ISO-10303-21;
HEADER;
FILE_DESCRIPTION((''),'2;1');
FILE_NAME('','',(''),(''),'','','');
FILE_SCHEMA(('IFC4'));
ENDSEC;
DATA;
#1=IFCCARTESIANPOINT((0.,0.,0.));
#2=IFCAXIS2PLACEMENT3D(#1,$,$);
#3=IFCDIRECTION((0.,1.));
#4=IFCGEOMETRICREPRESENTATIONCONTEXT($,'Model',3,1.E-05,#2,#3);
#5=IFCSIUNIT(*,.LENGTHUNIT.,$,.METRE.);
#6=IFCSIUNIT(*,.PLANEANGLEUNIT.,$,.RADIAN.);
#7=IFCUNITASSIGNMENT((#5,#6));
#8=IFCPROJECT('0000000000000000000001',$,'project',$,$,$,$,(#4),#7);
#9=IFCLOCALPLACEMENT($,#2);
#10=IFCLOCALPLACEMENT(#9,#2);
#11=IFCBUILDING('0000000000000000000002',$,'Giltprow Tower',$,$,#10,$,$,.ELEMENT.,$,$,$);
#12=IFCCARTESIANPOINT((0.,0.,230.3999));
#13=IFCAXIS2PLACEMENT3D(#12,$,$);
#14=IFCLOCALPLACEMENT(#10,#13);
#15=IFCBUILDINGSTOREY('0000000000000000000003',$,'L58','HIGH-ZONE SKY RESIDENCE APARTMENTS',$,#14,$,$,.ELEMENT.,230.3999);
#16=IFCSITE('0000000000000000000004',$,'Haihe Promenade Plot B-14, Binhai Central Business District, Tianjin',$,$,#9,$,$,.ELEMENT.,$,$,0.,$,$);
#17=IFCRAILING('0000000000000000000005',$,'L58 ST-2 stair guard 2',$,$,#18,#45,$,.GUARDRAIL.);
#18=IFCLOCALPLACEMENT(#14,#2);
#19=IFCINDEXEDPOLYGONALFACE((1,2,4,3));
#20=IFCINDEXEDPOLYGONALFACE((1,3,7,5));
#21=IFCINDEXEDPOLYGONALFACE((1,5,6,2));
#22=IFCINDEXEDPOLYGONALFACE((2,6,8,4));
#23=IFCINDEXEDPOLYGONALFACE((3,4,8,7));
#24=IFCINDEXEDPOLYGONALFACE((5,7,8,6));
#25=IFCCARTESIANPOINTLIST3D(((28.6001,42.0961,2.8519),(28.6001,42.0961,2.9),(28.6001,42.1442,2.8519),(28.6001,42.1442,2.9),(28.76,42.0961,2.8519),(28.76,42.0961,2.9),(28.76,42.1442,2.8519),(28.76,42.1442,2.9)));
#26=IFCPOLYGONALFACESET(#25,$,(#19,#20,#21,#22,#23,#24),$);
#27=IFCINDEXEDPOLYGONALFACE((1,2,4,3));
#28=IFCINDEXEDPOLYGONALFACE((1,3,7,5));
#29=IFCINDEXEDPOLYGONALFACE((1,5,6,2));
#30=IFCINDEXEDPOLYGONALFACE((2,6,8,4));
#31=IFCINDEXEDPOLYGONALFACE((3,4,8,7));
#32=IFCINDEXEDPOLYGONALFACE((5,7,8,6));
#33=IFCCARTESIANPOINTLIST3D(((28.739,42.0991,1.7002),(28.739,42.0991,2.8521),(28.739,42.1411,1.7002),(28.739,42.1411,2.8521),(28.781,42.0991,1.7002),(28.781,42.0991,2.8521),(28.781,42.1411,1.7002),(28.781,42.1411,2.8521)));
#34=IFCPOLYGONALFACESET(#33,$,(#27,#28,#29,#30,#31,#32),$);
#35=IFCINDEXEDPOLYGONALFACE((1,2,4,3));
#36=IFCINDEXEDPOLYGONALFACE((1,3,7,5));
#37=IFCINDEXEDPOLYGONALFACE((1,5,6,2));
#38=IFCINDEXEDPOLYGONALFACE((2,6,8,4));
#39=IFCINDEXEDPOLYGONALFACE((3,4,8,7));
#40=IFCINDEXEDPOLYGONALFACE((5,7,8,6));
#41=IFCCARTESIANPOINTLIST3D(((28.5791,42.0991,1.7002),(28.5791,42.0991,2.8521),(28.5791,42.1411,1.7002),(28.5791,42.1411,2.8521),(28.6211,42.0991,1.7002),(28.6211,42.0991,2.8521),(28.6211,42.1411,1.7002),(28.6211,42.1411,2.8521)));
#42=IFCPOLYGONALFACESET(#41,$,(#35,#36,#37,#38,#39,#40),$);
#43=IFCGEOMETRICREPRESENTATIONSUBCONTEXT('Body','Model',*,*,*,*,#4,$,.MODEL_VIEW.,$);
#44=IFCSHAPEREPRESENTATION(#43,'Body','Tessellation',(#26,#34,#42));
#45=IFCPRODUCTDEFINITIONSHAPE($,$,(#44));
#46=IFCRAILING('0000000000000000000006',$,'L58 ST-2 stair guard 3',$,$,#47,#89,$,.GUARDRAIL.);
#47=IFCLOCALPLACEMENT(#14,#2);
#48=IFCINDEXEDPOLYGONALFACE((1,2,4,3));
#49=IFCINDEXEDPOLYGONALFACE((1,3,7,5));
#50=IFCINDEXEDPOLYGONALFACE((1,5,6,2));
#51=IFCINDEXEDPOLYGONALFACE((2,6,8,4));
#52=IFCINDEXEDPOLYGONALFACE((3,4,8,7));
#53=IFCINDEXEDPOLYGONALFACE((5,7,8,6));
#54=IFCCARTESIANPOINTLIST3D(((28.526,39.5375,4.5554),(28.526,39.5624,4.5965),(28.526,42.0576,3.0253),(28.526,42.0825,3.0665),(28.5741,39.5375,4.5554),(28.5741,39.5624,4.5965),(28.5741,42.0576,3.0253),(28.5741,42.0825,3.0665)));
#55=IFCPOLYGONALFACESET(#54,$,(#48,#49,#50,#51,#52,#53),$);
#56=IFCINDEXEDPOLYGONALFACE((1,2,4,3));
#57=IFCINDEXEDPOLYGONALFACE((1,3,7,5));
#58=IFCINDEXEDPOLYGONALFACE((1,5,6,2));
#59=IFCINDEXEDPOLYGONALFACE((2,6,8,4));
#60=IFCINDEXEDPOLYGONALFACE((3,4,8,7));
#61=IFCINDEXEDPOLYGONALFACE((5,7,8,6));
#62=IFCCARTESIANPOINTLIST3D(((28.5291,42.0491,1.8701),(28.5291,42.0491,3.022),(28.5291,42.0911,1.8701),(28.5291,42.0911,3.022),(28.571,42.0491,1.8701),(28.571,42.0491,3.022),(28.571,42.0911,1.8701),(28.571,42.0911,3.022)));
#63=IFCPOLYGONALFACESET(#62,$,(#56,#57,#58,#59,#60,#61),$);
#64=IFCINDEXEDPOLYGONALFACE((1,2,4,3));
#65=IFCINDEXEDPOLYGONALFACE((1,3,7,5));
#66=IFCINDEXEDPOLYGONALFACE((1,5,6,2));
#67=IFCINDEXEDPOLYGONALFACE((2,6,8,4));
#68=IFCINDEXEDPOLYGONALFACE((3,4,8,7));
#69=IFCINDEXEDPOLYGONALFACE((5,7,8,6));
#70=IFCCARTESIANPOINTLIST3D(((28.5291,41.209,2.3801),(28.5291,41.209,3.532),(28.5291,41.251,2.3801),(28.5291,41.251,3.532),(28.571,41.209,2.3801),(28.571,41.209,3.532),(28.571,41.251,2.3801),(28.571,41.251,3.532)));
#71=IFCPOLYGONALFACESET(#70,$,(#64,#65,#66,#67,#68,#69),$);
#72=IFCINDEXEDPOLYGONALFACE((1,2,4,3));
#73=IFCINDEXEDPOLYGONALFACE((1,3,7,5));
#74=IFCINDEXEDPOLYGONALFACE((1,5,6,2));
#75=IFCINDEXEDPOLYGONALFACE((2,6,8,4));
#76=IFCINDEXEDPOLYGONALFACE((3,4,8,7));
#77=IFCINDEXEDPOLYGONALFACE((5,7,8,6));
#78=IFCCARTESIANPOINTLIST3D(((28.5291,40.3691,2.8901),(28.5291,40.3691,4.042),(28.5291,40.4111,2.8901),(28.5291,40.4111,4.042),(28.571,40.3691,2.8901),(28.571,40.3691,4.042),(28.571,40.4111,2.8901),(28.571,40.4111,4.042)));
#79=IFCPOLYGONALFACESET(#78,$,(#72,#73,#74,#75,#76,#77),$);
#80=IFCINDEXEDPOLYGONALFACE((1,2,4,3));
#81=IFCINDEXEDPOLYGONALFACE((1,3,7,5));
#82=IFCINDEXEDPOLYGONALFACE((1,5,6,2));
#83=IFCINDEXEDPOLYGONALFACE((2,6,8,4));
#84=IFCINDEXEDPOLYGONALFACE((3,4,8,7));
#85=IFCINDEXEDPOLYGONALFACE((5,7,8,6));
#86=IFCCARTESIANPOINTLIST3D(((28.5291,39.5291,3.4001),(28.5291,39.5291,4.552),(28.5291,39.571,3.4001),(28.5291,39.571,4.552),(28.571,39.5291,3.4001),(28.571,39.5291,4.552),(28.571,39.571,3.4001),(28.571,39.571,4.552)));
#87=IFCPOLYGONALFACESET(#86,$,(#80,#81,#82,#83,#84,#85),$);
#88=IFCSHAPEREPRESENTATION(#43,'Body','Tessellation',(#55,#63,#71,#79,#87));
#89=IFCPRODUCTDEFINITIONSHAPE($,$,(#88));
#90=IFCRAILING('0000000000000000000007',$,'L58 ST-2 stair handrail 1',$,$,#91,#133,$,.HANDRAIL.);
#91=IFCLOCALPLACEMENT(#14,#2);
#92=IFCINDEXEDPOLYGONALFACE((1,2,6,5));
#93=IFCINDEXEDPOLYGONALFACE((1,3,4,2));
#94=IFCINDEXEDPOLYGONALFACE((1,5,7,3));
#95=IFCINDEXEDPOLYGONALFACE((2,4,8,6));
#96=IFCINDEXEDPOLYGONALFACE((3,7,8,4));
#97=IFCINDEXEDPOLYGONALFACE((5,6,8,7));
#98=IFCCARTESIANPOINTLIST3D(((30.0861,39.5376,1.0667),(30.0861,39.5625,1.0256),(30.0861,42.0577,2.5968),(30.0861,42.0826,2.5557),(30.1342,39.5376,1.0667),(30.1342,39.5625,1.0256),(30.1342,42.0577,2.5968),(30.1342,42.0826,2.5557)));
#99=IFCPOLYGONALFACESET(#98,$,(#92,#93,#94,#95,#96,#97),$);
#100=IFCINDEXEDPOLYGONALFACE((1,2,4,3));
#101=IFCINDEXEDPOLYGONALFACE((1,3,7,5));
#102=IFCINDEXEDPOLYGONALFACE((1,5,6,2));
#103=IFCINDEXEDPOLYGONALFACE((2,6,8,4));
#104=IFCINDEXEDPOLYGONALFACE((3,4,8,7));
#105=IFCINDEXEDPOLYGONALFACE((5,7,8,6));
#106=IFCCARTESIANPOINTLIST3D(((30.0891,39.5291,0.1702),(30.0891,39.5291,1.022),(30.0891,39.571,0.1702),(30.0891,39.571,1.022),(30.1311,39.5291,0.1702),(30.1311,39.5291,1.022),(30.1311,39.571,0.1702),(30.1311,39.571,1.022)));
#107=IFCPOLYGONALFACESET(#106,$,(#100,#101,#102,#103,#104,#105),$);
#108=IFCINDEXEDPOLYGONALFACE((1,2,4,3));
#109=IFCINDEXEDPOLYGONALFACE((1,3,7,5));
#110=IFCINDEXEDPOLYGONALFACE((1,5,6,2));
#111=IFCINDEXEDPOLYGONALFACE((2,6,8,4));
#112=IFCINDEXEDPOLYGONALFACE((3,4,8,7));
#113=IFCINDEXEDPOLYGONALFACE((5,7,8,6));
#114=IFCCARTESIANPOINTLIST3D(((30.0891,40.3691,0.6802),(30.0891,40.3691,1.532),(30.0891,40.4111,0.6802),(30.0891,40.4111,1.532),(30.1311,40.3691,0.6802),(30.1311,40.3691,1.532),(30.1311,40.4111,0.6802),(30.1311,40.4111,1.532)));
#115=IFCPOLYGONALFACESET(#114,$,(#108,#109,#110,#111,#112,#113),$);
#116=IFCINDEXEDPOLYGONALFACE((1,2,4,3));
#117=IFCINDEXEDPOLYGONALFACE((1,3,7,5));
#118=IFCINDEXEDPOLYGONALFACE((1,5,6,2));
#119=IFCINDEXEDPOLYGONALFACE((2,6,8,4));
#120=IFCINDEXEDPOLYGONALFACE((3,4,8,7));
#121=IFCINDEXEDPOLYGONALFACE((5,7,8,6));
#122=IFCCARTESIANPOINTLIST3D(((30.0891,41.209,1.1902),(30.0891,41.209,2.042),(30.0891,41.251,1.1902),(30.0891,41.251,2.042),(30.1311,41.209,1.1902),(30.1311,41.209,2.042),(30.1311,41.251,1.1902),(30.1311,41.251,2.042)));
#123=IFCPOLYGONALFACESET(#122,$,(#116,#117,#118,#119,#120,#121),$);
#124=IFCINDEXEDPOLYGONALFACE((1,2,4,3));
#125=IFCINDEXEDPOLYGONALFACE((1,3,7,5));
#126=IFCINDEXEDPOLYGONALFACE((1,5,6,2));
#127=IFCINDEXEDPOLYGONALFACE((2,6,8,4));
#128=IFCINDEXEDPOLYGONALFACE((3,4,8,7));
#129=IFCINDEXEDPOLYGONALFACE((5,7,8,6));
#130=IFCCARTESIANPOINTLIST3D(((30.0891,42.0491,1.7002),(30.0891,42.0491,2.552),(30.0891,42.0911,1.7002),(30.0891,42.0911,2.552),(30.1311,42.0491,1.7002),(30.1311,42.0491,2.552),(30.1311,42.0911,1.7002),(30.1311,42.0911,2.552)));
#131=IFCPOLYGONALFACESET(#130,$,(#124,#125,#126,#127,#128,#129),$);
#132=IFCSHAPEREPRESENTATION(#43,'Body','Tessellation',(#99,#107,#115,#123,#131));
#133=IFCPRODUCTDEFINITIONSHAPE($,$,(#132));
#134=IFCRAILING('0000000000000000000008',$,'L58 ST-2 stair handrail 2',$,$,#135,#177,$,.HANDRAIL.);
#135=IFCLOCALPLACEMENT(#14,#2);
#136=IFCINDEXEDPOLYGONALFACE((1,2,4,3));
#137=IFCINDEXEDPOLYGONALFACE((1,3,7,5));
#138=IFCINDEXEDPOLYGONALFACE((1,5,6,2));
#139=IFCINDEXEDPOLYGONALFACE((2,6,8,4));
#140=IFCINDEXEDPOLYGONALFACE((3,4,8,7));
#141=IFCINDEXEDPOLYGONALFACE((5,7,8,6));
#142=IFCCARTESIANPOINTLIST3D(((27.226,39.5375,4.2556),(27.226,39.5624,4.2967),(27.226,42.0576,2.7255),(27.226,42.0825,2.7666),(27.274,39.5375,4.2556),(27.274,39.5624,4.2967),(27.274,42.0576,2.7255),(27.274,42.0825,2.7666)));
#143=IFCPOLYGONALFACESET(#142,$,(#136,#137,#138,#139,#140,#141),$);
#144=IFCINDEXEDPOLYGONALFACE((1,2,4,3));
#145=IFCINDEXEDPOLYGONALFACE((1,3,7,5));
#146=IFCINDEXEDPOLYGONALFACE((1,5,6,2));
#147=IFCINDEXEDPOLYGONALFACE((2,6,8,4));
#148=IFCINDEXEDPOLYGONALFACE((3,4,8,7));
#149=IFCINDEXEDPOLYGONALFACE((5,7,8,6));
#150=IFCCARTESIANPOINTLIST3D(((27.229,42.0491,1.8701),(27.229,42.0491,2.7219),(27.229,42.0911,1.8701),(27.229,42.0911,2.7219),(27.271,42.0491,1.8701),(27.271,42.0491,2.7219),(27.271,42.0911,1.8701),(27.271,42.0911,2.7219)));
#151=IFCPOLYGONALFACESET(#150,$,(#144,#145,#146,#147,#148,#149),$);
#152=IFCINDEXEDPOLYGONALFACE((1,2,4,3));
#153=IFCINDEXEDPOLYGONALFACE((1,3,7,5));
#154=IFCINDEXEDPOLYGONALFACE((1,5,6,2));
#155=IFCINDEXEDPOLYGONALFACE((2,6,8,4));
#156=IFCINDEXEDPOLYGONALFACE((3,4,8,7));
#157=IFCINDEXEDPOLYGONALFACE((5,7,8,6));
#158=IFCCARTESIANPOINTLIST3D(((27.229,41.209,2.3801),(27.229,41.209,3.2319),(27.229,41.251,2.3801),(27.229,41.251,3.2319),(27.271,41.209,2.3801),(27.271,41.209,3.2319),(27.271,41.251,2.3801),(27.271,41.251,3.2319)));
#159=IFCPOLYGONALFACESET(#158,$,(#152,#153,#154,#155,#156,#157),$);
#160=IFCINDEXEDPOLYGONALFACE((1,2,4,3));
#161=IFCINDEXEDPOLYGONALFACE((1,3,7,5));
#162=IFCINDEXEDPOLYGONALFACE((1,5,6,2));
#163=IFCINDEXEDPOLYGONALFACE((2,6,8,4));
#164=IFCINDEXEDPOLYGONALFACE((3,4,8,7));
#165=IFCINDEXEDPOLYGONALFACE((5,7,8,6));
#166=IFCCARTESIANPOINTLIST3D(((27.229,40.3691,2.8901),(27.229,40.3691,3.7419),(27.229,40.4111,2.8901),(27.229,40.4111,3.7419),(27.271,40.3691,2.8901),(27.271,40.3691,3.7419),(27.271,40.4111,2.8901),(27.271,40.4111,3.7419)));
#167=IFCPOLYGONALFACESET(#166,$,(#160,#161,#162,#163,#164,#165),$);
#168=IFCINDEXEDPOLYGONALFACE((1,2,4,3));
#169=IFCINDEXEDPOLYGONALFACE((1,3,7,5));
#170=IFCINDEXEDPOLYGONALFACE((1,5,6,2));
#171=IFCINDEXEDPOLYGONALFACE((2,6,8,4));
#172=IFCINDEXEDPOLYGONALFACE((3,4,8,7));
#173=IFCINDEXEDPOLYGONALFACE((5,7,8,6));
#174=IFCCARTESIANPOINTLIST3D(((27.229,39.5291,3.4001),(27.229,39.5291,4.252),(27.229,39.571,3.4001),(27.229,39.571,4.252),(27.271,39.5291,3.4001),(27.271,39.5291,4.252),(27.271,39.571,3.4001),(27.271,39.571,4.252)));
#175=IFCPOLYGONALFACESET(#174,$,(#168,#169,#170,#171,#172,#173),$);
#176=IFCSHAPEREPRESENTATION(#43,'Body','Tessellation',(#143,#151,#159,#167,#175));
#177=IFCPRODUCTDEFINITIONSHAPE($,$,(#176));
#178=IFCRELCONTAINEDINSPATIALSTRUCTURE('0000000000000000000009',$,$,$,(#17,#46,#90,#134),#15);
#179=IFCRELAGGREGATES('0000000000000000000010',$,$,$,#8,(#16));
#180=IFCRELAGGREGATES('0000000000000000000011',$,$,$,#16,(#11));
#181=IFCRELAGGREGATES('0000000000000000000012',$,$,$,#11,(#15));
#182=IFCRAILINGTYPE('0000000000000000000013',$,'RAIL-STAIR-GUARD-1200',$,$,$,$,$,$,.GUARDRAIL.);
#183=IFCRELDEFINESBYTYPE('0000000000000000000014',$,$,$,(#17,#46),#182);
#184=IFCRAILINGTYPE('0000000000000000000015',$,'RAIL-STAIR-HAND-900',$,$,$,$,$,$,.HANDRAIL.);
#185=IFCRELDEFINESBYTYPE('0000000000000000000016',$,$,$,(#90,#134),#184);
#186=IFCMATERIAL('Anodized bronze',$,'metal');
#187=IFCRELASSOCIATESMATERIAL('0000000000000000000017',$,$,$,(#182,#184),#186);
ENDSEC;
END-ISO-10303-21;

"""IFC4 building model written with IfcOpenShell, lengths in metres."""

from ifc_helpers import new_model, si_unit, direction, frame, origin, origin_2d, place, context, subcontext, project, spatial, rectangle, extrude, material, type_object, element, save


model = new_model("IFC4")

# Units and contexts
model_context = context("Model", 3, precision=1e-05, world=origin(), true_north=direction((0.0, 1.0)))
body_context = subcontext(model_context, "Body", "Model", "MODEL_VIEW")
ifc_project = project(units=[si_unit("LENGTHUNIT", "METRE"), si_unit("PLANEANGLEUNIT", "RADIAN")], contexts=[model_context])

# Site, building, storey
site_placement = place(None, origin())
site = spatial("IfcSite", under=ifc_project, at=site_placement, Name="Haihe Promenade Plot B-14, Binhai Central Business District, Tianjin", CompositionType="ELEMENT", RefElevation=0.0)
building_placement = place(site_placement, origin())
building = spatial("IfcBuilding", under=site, at=building_placement, Name="Giltprow Tower", CompositionType="ELEMENT")
storey_placement = place(building_placement, frame((0.0, 0.0, 230.3999)))
storey = spatial("IfcBuildingStorey", under=building, at=storey_placement, Name="L58", Description="HIGH-ZONE SKY RESIDENCE APARTMENTS", CompositionType="ELEMENT", Elevation=230.3999)

# Railings
ifc_material_1 = material(Name="Anodized bronze", Category="metal")
railing_type_1 = type_object("IfcRailingType", Name="RAIL-STAIR-GUARD-1200", PredefinedType="GUARDRAIL", material=ifc_material_1)
railing_1_placement = place(storey_placement, frame((28.76, 42.1201, 1.7002)))
element("IfcRailing", 1, at=railing_1_placement, inside=storey, type_object=railing_type_1, Name="L58 ST-2 stair guard 2", PredefinedType="GUARDRAIL", context=body_context, shape_type="SweptSolid", body=[
    extrude(rectangle(XDim=0.0481, YDim=0.0481, at=origin_2d()), frame((0.0, 0.0, 1.1758), z_axis=(-1.0, 0.0, 0.0), x_axis=(0.0, -1.0, 0.0)), (0.0, 0.0, 1.0), 0.1599),
    extrude(rectangle(XDim=0.042, YDim=0.042, at=origin_2d()), origin(), (0.0, 0.0, 1.0), 1.1519),
    extrude(rectangle(XDim=0.042, YDim=0.042, at=origin_2d()), frame((-0.1599, 0.0, 0.0)), (0.0, 0.0, 1.0), 1.1519),
])
railing_2_placement = place(storey_placement, frame((28.55, 42.0701, 1.8701)))
element("IfcRailing", 2, at=railing_2_placement, inside=storey, type_object=railing_type_1, Name="L58 ST-2 stair guard 3", PredefinedType="GUARDRAIL", context=body_context, shape_type="SweptSolid", body=[
    extrude(rectangle(XDim=0.0481, YDim=0.0481, at=origin_2d()), frame((0.0, 0.0, 1.1758), z_axis=(0.0, -0.854785, 0.518982), x_axis=(1.0, 0.0, 0.0)), (0.0, 0.0, 1.0), 2.9482),
    extrude(rectangle(XDim=0.042, YDim=0.042, at=origin_2d()), origin(), (0.0, 0.0, 1.0), 1.1519),
    extrude(rectangle(XDim=0.042, YDim=0.042, at=origin_2d()), frame((0.0, -0.8401, 0.51)), (0.0, 0.0, 1.0), 1.1519),
    extrude(rectangle(XDim=0.042, YDim=0.042, at=origin_2d()), frame((0.0, -1.6799, 1.02)), (0.0, 0.0, 1.0), 1.1519),
    extrude(rectangle(XDim=0.042, YDim=0.042, at=origin_2d()), frame((0.0, -2.52, 1.53)), (0.0, 0.0, 1.0), 1.1519),
])
railing_type_2 = type_object("IfcRailingType", Name="RAIL-STAIR-HAND-900", PredefinedType="HANDRAIL", material=ifc_material_1)
railing_3_placement = place(storey_placement, frame((30.1101, 39.55, 0.1702)))
element("IfcRailing", 3, at=railing_3_placement, inside=storey, type_object=railing_type_2, Name="L58 ST-2 stair handrail 1", PredefinedType="HANDRAIL", context=body_context, shape_type="SweptSolid", body=[
    extrude(rectangle(XDim=0.0481, YDim=0.0481, at=origin_2d()), frame((0.0, 0.0, 0.876), z_axis=(0.0, 0.854785, 0.518982), x_axis=(-1.0, 0.0, 0.0)), (0.0, 0.0, 1.0), 2.9482),
    extrude(rectangle(XDim=0.042, YDim=0.042, at=origin_2d()), origin(), (0.0, 0.0, 1.0), 0.8518),
    extrude(rectangle(XDim=0.042, YDim=0.042, at=origin_2d()), frame((0.0, 0.8401, 0.51)), (0.0, 0.0, 1.0), 0.8518),
    extrude(rectangle(XDim=0.042, YDim=0.042, at=origin_2d()), frame((0.0, 1.6799, 1.02)), (0.0, 0.0, 1.0), 0.8518),
    extrude(rectangle(XDim=0.042, YDim=0.042, at=origin_2d()), frame((0.0, 2.52, 1.53)), (0.0, 0.0, 1.0), 0.8518),
])
railing_4_placement = place(storey_placement, frame((27.25, 42.0701, 1.8701)))
element("IfcRailing", 4, at=railing_4_placement, inside=storey, type_object=railing_type_2, Name="L58 ST-2 stair handrail 2", PredefinedType="HANDRAIL", context=body_context, shape_type="SweptSolid", body=[
    extrude(rectangle(XDim=0.0481, YDim=0.0481, at=origin_2d()), frame((0.0, 0.0, 0.876), z_axis=(0.0, -0.854785, 0.518982), x_axis=(1.0, 0.0, 0.0)), (0.0, 0.0, 1.0), 2.9482),
    extrude(rectangle(XDim=0.042, YDim=0.042, at=origin_2d()), origin(), (0.0, 0.0, 1.0), 0.8518),
    extrude(rectangle(XDim=0.042, YDim=0.042, at=origin_2d()), frame((0.0, -0.8401, 0.51)), (0.0, 0.0, 1.0), 0.8518),
    extrude(rectangle(XDim=0.042, YDim=0.042, at=origin_2d()), frame((0.0, -1.6799, 1.02)), (0.0, 0.0, 1.0), 0.8518),
    extrude(rectangle(XDim=0.042, YDim=0.042, at=origin_2d()), frame((0.0, -2.52, 1.53)), (0.0, 0.0, 1.0), 0.8518),
])

save(model, "model.ifc")
